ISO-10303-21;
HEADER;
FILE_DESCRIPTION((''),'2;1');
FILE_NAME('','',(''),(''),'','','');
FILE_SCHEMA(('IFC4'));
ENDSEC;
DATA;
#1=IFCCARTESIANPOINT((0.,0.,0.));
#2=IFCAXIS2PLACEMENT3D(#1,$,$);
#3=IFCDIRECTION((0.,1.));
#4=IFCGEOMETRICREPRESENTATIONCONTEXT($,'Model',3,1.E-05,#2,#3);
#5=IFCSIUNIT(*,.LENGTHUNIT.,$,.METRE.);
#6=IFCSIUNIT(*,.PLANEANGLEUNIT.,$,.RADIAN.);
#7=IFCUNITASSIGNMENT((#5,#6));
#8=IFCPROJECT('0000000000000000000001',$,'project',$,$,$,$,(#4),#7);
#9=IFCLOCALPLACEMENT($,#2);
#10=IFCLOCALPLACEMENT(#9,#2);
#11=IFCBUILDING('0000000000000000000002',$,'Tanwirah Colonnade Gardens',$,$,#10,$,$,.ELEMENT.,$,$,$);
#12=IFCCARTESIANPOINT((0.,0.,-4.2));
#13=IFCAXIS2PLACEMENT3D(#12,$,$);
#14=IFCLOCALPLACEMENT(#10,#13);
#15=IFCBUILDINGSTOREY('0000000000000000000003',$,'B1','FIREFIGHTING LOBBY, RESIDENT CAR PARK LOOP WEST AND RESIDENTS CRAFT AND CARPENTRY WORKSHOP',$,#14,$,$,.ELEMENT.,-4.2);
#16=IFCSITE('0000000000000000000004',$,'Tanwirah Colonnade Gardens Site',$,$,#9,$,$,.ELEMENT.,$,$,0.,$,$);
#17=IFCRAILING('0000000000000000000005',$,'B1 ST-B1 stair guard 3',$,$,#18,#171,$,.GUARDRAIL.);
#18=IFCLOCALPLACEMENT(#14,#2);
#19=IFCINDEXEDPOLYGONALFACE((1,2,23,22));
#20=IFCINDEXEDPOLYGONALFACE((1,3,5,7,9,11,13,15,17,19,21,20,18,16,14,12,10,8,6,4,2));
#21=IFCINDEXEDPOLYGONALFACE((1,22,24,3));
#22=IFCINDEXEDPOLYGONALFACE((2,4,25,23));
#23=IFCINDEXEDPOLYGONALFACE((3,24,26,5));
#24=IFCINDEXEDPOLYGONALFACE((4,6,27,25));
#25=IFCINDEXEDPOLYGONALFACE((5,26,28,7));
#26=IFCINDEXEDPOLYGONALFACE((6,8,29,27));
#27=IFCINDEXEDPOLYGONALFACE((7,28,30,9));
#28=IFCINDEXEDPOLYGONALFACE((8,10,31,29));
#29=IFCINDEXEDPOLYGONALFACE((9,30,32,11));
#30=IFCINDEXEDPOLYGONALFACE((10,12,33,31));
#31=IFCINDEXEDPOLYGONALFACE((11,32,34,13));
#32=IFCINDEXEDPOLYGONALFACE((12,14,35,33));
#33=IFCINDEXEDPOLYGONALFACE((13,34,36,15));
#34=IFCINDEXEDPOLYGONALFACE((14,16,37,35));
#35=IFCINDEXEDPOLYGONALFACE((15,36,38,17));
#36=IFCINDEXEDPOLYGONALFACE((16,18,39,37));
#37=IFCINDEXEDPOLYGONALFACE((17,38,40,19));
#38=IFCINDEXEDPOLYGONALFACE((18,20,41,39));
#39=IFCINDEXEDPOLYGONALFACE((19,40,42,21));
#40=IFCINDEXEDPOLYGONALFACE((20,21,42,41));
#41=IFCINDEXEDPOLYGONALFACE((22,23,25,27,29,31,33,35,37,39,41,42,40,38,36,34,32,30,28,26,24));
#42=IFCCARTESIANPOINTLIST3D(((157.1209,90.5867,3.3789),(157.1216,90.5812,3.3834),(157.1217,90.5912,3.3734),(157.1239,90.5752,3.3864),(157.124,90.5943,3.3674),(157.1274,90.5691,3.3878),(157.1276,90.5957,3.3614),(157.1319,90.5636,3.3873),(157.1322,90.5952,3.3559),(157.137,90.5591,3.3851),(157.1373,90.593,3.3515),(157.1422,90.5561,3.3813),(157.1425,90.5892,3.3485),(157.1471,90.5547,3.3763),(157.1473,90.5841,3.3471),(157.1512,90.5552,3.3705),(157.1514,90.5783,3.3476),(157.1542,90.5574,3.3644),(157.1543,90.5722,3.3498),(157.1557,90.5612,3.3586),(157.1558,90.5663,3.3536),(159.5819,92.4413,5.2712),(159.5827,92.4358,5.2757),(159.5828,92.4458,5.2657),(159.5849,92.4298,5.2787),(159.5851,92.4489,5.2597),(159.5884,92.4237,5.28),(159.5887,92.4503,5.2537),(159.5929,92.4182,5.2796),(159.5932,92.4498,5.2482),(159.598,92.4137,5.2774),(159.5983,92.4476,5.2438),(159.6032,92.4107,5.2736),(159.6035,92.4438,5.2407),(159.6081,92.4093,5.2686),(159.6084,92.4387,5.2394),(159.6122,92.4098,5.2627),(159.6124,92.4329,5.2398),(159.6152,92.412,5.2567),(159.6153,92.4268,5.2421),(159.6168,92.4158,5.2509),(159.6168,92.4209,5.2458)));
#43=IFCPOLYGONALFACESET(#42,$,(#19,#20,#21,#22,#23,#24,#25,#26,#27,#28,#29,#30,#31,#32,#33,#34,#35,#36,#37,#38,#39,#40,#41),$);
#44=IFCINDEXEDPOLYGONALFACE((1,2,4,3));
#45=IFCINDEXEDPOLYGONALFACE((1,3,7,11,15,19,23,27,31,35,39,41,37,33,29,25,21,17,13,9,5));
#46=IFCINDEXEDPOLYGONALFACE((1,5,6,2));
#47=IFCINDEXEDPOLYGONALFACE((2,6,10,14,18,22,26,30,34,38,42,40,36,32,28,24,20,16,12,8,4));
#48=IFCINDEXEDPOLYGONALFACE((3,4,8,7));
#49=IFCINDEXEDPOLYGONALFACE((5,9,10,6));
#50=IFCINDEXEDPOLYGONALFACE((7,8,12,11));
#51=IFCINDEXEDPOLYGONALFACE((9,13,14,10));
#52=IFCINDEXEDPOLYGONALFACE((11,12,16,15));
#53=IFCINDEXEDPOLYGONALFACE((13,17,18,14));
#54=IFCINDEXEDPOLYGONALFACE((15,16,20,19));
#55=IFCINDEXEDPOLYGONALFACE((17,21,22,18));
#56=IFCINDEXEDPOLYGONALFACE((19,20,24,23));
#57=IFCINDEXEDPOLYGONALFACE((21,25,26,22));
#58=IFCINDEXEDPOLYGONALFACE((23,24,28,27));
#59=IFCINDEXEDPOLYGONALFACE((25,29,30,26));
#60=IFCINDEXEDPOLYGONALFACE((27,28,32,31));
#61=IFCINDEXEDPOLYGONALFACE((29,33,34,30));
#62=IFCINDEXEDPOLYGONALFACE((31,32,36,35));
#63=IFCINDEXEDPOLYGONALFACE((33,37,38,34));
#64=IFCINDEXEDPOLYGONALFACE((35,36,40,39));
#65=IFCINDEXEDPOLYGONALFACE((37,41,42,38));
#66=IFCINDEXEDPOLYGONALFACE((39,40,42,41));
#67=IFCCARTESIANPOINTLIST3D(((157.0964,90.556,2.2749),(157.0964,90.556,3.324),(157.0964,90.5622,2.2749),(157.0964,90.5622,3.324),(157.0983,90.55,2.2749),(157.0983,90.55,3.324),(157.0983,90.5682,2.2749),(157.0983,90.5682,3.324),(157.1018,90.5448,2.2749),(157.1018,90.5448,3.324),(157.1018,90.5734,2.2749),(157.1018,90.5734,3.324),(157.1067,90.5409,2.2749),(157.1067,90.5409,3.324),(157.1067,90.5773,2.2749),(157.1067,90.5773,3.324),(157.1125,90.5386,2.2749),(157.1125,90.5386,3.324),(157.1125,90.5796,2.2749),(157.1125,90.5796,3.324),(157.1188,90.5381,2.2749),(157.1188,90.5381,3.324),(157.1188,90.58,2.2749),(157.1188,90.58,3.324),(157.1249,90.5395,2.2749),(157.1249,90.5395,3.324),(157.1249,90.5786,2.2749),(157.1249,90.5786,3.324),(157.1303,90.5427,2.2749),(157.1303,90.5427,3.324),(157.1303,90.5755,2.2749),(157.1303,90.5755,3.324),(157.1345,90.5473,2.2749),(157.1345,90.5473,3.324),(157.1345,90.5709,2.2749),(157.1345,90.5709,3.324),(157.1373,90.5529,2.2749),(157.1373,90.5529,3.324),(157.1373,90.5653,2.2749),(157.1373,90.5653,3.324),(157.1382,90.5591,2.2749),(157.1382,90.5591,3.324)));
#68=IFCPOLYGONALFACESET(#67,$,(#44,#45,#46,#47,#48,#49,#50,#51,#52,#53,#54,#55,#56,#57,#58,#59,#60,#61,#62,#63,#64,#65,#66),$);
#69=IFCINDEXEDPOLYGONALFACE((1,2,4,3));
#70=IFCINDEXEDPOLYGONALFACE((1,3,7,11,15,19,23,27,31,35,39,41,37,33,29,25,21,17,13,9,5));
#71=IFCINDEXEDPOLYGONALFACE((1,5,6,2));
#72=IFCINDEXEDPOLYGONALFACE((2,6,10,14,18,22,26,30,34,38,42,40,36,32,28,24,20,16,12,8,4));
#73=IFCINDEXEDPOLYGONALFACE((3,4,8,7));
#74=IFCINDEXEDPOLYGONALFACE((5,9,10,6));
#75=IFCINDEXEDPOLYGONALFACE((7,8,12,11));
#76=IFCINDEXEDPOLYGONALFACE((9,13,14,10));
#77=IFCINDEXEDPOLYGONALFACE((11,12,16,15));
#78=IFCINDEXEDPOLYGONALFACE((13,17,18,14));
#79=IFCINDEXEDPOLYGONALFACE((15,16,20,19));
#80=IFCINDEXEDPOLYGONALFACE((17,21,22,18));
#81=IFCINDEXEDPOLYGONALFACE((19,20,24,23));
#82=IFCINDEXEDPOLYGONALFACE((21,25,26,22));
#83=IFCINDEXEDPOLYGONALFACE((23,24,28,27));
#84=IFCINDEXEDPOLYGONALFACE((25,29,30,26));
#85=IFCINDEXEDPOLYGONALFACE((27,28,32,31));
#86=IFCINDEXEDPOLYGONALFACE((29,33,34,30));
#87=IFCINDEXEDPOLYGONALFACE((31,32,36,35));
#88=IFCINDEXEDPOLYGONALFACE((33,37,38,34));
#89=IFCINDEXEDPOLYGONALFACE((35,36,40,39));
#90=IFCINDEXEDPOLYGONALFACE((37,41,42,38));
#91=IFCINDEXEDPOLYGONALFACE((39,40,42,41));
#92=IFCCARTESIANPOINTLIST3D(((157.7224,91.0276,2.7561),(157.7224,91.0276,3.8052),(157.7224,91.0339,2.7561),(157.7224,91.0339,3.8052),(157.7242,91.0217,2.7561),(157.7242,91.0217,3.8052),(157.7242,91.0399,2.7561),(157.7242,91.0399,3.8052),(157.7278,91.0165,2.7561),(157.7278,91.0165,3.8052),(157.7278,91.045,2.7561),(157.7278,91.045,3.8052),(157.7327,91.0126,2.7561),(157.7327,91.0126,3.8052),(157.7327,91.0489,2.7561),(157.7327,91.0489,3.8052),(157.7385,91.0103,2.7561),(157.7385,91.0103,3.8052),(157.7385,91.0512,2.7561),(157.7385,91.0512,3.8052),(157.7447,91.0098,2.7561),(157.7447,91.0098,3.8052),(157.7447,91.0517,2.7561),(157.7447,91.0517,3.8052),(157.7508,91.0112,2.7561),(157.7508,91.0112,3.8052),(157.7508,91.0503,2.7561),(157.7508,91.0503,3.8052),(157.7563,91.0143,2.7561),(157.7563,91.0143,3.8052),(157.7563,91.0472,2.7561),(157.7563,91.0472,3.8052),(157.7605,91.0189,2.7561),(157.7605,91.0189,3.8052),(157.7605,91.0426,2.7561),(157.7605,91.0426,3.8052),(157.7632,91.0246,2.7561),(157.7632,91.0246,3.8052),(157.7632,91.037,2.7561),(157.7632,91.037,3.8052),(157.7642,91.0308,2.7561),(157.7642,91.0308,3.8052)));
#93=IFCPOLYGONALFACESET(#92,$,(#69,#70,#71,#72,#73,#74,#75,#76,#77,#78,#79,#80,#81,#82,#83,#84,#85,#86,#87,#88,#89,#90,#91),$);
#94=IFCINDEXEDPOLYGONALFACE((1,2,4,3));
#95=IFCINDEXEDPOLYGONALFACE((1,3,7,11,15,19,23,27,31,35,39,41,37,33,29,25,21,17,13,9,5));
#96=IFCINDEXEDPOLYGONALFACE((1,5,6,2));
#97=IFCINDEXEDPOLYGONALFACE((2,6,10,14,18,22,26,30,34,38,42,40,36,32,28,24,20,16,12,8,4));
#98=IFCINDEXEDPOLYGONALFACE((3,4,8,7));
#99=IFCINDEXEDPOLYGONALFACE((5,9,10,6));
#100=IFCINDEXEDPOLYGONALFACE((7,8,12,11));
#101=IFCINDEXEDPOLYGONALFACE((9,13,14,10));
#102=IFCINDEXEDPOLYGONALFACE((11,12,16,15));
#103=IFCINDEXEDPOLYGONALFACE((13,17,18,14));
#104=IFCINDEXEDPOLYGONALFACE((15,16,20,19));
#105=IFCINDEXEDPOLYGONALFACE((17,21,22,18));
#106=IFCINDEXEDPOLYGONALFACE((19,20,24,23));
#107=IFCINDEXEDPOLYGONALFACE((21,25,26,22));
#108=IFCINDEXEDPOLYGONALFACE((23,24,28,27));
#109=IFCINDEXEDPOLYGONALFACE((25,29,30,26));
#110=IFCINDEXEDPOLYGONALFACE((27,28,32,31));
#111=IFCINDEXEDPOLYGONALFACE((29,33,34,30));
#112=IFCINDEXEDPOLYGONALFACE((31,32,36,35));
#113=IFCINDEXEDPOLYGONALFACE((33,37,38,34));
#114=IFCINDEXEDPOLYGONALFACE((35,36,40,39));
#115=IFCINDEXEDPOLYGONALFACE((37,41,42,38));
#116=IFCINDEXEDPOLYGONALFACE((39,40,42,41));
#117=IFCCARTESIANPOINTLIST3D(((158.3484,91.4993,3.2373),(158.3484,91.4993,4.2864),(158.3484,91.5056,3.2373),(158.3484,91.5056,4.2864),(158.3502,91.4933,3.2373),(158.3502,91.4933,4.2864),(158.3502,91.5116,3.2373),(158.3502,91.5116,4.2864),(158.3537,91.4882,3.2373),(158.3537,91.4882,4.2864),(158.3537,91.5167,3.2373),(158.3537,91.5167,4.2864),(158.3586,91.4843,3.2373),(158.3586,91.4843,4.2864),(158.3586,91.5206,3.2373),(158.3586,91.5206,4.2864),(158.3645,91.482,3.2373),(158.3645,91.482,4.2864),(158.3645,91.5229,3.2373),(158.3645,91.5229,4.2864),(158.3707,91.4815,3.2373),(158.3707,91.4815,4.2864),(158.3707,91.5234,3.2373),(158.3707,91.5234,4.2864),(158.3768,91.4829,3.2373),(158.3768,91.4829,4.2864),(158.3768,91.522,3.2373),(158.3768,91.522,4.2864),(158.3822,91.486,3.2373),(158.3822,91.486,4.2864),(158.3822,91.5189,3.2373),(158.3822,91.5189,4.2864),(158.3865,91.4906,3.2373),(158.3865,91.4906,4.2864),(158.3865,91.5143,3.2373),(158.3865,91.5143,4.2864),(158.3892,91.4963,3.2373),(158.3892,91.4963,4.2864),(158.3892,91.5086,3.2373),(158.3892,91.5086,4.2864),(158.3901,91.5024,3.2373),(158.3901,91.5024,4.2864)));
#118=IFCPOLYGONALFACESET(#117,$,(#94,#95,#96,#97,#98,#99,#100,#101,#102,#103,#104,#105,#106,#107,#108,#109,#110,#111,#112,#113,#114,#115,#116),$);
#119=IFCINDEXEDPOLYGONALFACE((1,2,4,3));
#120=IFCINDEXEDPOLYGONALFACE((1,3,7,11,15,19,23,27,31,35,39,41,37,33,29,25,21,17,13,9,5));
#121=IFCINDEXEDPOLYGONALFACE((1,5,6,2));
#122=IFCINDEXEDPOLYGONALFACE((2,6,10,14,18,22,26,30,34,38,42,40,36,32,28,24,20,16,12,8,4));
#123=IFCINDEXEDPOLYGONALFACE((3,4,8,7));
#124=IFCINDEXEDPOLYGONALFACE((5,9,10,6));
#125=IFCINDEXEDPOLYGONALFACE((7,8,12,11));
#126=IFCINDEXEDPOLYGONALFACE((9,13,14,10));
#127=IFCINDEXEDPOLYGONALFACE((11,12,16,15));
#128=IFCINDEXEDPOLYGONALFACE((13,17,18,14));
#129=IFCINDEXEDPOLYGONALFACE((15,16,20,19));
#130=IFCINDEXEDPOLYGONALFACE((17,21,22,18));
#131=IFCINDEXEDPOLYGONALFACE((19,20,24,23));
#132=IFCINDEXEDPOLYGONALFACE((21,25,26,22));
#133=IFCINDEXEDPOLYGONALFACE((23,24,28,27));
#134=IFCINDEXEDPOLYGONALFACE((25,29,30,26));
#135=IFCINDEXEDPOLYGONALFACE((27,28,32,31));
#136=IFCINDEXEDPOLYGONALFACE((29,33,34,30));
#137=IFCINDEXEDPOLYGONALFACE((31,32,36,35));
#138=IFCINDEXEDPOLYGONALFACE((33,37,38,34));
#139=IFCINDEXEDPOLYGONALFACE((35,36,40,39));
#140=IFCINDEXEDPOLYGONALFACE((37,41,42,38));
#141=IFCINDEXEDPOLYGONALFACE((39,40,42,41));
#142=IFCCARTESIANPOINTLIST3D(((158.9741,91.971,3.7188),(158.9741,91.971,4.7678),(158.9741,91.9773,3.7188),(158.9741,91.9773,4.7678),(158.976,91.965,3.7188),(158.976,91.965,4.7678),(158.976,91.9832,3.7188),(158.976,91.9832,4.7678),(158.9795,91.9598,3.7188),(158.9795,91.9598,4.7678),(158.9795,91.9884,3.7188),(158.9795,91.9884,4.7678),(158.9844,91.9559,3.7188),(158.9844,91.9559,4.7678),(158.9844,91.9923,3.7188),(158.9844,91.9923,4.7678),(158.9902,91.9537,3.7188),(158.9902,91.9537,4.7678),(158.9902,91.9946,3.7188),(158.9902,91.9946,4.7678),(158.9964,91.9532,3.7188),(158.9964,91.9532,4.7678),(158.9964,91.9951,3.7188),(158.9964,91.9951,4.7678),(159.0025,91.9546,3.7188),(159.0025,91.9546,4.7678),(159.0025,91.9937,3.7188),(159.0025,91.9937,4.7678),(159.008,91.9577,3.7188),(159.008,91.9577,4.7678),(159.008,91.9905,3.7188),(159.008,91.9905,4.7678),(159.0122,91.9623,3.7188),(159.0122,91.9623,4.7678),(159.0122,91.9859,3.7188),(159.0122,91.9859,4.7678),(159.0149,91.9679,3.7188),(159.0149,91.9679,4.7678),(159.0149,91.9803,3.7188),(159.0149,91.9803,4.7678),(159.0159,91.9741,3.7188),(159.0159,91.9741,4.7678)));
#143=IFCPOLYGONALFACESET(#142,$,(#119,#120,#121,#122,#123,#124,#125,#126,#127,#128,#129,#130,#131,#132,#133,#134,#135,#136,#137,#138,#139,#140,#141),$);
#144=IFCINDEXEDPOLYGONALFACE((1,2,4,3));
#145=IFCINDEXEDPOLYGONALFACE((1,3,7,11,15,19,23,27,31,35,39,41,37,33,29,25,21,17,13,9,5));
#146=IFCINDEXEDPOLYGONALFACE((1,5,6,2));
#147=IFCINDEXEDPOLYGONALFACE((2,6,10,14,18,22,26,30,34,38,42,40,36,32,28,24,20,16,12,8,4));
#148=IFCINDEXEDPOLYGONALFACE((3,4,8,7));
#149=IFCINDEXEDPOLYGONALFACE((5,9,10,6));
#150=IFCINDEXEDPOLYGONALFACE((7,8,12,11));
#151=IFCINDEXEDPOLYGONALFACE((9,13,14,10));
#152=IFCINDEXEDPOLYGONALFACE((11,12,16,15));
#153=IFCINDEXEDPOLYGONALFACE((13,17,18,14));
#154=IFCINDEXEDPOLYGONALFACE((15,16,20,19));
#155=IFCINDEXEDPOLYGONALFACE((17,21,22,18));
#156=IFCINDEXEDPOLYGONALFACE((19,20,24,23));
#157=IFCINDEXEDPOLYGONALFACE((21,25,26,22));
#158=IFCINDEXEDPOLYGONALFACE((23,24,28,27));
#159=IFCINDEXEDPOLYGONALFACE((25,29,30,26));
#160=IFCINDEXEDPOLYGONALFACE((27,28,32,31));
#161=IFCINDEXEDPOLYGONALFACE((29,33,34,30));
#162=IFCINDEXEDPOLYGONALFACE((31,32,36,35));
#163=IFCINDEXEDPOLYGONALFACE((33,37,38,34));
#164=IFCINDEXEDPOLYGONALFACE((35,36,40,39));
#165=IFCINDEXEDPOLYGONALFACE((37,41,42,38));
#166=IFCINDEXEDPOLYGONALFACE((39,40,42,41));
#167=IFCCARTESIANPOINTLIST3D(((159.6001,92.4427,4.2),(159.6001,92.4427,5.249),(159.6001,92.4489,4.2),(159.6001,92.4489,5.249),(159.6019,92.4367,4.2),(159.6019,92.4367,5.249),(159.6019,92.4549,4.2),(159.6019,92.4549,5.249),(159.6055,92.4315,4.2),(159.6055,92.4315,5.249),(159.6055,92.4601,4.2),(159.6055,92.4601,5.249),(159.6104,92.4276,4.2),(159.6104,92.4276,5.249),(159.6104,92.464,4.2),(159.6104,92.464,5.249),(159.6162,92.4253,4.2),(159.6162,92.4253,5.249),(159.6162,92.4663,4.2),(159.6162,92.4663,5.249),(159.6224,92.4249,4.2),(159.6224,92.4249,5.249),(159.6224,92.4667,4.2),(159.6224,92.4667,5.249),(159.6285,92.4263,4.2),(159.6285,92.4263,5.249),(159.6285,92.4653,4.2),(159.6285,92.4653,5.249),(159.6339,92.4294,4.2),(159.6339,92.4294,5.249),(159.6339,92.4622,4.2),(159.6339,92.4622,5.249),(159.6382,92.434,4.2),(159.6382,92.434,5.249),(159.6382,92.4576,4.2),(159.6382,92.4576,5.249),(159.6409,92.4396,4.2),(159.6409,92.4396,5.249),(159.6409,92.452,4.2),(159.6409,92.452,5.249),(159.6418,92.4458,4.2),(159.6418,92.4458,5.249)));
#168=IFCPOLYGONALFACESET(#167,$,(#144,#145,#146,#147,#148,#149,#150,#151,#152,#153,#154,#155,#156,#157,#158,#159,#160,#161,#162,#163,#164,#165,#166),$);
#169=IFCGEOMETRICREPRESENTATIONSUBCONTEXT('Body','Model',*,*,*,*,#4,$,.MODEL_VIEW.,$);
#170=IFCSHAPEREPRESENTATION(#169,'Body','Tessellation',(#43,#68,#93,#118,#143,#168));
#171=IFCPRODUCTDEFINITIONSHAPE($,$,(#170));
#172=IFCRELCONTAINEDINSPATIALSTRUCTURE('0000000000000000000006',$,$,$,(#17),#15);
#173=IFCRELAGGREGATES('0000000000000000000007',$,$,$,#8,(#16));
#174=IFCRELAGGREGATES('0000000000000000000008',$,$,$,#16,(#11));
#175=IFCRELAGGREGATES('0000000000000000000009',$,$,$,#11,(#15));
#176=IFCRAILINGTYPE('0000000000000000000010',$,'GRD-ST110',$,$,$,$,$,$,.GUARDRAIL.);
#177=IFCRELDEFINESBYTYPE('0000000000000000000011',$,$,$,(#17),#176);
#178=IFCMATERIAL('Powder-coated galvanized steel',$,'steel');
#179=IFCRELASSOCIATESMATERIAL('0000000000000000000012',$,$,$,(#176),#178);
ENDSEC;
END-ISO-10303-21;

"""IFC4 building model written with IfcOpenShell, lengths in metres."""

from ifc_helpers import new_model, si_unit, direction, frame, origin, origin_2d, place, context, subcontext, project, spatial, circle, extrude, material, type_object, element, save


model = new_model("IFC4")

# Units and contexts
model_context = context("Model", 3, precision=1e-05, world=origin(), true_north=direction((0.0, 1.0)))
body_context = subcontext(model_context, "Body", "Model", "MODEL_VIEW")
ifc_project = project(units=[si_unit("LENGTHUNIT", "METRE"), si_unit("PLANEANGLEUNIT", "RADIAN")], contexts=[model_context])

# Site, building, storey
site_placement = place(None, origin())
site = spatial("IfcSite", under=ifc_project, at=site_placement, Name="Tanwirah Colonnade Gardens Site", CompositionType="ELEMENT", RefElevation=0.0)
building_placement = place(site_placement, origin())
building = spatial("IfcBuilding", under=site, at=building_placement, Name="Tanwirah Colonnade Gardens", CompositionType="ELEMENT")
storey_placement = place(building_placement, frame((0.0, 0.0, -4.2)))
storey = spatial("IfcBuildingStorey", under=building, at=storey_placement, Name="B1", Description="FIREFIGHTING LOBBY, RESIDENT CAR PARK LOOP WEST AND RESIDENTS CRAFT AND CARPENTRY WORKSHOP", CompositionType="ELEMENT", Elevation=-4.2)

# Railing
ifc_material_1 = material(Name="Powder-coated galvanized steel", Category="steel")
railing_type_1 = type_object("IfcRailingType", Name="GRD-ST110", PredefinedType="GUARDRAIL", material=ifc_material_1)
railing_1_placement = place(storey_placement, frame((157.1172, 90.5591, 2.2749)))
element("IfcRailing", 1, at=railing_1_placement, inside=storey, type_object=railing_type_1, Name="B1 ST-B1 stair guard 3", PredefinedType="GUARDRAIL", context=body_context, shape_type="SweptSolid", body=[
    extrude(circle(Radius=0.0239, at=origin_2d()), frame((0.0212, 0.0161, 1.0925), z_axis=(0.680558, 0.512857, 0.523276), x_axis=(-0.60183, 0.798624, 0.0)), (0.0, 0.0, 1.0), 3.6162),
    extrude(circle(Radius=0.021, at=origin_2d()), origin(), (0.0, 0.0, 1.0), 1.0491),
    extrude(circle(Radius=0.021, at=origin_2d()), frame((0.626, 0.4717, 0.4812)), (0.0, 0.0, 1.0), 1.0491),
    extrude(circle(Radius=0.021, at=origin_2d()), frame((1.252, 0.9434, 0.9624)), (0.0, 0.0, 1.0), 1.0491),
    extrude(circle(Radius=0.021, at=origin_2d()), frame((1.8777, 1.415, 1.4438)), (0.0, 0.0, 1.0), 1.0491),
    extrude(circle(Radius=0.021, at=origin_2d()), frame((2.5037, 1.8867, 1.925)), (0.0, 0.0, 1.0), 1.0491),
])

save(model, "model.ifc")
